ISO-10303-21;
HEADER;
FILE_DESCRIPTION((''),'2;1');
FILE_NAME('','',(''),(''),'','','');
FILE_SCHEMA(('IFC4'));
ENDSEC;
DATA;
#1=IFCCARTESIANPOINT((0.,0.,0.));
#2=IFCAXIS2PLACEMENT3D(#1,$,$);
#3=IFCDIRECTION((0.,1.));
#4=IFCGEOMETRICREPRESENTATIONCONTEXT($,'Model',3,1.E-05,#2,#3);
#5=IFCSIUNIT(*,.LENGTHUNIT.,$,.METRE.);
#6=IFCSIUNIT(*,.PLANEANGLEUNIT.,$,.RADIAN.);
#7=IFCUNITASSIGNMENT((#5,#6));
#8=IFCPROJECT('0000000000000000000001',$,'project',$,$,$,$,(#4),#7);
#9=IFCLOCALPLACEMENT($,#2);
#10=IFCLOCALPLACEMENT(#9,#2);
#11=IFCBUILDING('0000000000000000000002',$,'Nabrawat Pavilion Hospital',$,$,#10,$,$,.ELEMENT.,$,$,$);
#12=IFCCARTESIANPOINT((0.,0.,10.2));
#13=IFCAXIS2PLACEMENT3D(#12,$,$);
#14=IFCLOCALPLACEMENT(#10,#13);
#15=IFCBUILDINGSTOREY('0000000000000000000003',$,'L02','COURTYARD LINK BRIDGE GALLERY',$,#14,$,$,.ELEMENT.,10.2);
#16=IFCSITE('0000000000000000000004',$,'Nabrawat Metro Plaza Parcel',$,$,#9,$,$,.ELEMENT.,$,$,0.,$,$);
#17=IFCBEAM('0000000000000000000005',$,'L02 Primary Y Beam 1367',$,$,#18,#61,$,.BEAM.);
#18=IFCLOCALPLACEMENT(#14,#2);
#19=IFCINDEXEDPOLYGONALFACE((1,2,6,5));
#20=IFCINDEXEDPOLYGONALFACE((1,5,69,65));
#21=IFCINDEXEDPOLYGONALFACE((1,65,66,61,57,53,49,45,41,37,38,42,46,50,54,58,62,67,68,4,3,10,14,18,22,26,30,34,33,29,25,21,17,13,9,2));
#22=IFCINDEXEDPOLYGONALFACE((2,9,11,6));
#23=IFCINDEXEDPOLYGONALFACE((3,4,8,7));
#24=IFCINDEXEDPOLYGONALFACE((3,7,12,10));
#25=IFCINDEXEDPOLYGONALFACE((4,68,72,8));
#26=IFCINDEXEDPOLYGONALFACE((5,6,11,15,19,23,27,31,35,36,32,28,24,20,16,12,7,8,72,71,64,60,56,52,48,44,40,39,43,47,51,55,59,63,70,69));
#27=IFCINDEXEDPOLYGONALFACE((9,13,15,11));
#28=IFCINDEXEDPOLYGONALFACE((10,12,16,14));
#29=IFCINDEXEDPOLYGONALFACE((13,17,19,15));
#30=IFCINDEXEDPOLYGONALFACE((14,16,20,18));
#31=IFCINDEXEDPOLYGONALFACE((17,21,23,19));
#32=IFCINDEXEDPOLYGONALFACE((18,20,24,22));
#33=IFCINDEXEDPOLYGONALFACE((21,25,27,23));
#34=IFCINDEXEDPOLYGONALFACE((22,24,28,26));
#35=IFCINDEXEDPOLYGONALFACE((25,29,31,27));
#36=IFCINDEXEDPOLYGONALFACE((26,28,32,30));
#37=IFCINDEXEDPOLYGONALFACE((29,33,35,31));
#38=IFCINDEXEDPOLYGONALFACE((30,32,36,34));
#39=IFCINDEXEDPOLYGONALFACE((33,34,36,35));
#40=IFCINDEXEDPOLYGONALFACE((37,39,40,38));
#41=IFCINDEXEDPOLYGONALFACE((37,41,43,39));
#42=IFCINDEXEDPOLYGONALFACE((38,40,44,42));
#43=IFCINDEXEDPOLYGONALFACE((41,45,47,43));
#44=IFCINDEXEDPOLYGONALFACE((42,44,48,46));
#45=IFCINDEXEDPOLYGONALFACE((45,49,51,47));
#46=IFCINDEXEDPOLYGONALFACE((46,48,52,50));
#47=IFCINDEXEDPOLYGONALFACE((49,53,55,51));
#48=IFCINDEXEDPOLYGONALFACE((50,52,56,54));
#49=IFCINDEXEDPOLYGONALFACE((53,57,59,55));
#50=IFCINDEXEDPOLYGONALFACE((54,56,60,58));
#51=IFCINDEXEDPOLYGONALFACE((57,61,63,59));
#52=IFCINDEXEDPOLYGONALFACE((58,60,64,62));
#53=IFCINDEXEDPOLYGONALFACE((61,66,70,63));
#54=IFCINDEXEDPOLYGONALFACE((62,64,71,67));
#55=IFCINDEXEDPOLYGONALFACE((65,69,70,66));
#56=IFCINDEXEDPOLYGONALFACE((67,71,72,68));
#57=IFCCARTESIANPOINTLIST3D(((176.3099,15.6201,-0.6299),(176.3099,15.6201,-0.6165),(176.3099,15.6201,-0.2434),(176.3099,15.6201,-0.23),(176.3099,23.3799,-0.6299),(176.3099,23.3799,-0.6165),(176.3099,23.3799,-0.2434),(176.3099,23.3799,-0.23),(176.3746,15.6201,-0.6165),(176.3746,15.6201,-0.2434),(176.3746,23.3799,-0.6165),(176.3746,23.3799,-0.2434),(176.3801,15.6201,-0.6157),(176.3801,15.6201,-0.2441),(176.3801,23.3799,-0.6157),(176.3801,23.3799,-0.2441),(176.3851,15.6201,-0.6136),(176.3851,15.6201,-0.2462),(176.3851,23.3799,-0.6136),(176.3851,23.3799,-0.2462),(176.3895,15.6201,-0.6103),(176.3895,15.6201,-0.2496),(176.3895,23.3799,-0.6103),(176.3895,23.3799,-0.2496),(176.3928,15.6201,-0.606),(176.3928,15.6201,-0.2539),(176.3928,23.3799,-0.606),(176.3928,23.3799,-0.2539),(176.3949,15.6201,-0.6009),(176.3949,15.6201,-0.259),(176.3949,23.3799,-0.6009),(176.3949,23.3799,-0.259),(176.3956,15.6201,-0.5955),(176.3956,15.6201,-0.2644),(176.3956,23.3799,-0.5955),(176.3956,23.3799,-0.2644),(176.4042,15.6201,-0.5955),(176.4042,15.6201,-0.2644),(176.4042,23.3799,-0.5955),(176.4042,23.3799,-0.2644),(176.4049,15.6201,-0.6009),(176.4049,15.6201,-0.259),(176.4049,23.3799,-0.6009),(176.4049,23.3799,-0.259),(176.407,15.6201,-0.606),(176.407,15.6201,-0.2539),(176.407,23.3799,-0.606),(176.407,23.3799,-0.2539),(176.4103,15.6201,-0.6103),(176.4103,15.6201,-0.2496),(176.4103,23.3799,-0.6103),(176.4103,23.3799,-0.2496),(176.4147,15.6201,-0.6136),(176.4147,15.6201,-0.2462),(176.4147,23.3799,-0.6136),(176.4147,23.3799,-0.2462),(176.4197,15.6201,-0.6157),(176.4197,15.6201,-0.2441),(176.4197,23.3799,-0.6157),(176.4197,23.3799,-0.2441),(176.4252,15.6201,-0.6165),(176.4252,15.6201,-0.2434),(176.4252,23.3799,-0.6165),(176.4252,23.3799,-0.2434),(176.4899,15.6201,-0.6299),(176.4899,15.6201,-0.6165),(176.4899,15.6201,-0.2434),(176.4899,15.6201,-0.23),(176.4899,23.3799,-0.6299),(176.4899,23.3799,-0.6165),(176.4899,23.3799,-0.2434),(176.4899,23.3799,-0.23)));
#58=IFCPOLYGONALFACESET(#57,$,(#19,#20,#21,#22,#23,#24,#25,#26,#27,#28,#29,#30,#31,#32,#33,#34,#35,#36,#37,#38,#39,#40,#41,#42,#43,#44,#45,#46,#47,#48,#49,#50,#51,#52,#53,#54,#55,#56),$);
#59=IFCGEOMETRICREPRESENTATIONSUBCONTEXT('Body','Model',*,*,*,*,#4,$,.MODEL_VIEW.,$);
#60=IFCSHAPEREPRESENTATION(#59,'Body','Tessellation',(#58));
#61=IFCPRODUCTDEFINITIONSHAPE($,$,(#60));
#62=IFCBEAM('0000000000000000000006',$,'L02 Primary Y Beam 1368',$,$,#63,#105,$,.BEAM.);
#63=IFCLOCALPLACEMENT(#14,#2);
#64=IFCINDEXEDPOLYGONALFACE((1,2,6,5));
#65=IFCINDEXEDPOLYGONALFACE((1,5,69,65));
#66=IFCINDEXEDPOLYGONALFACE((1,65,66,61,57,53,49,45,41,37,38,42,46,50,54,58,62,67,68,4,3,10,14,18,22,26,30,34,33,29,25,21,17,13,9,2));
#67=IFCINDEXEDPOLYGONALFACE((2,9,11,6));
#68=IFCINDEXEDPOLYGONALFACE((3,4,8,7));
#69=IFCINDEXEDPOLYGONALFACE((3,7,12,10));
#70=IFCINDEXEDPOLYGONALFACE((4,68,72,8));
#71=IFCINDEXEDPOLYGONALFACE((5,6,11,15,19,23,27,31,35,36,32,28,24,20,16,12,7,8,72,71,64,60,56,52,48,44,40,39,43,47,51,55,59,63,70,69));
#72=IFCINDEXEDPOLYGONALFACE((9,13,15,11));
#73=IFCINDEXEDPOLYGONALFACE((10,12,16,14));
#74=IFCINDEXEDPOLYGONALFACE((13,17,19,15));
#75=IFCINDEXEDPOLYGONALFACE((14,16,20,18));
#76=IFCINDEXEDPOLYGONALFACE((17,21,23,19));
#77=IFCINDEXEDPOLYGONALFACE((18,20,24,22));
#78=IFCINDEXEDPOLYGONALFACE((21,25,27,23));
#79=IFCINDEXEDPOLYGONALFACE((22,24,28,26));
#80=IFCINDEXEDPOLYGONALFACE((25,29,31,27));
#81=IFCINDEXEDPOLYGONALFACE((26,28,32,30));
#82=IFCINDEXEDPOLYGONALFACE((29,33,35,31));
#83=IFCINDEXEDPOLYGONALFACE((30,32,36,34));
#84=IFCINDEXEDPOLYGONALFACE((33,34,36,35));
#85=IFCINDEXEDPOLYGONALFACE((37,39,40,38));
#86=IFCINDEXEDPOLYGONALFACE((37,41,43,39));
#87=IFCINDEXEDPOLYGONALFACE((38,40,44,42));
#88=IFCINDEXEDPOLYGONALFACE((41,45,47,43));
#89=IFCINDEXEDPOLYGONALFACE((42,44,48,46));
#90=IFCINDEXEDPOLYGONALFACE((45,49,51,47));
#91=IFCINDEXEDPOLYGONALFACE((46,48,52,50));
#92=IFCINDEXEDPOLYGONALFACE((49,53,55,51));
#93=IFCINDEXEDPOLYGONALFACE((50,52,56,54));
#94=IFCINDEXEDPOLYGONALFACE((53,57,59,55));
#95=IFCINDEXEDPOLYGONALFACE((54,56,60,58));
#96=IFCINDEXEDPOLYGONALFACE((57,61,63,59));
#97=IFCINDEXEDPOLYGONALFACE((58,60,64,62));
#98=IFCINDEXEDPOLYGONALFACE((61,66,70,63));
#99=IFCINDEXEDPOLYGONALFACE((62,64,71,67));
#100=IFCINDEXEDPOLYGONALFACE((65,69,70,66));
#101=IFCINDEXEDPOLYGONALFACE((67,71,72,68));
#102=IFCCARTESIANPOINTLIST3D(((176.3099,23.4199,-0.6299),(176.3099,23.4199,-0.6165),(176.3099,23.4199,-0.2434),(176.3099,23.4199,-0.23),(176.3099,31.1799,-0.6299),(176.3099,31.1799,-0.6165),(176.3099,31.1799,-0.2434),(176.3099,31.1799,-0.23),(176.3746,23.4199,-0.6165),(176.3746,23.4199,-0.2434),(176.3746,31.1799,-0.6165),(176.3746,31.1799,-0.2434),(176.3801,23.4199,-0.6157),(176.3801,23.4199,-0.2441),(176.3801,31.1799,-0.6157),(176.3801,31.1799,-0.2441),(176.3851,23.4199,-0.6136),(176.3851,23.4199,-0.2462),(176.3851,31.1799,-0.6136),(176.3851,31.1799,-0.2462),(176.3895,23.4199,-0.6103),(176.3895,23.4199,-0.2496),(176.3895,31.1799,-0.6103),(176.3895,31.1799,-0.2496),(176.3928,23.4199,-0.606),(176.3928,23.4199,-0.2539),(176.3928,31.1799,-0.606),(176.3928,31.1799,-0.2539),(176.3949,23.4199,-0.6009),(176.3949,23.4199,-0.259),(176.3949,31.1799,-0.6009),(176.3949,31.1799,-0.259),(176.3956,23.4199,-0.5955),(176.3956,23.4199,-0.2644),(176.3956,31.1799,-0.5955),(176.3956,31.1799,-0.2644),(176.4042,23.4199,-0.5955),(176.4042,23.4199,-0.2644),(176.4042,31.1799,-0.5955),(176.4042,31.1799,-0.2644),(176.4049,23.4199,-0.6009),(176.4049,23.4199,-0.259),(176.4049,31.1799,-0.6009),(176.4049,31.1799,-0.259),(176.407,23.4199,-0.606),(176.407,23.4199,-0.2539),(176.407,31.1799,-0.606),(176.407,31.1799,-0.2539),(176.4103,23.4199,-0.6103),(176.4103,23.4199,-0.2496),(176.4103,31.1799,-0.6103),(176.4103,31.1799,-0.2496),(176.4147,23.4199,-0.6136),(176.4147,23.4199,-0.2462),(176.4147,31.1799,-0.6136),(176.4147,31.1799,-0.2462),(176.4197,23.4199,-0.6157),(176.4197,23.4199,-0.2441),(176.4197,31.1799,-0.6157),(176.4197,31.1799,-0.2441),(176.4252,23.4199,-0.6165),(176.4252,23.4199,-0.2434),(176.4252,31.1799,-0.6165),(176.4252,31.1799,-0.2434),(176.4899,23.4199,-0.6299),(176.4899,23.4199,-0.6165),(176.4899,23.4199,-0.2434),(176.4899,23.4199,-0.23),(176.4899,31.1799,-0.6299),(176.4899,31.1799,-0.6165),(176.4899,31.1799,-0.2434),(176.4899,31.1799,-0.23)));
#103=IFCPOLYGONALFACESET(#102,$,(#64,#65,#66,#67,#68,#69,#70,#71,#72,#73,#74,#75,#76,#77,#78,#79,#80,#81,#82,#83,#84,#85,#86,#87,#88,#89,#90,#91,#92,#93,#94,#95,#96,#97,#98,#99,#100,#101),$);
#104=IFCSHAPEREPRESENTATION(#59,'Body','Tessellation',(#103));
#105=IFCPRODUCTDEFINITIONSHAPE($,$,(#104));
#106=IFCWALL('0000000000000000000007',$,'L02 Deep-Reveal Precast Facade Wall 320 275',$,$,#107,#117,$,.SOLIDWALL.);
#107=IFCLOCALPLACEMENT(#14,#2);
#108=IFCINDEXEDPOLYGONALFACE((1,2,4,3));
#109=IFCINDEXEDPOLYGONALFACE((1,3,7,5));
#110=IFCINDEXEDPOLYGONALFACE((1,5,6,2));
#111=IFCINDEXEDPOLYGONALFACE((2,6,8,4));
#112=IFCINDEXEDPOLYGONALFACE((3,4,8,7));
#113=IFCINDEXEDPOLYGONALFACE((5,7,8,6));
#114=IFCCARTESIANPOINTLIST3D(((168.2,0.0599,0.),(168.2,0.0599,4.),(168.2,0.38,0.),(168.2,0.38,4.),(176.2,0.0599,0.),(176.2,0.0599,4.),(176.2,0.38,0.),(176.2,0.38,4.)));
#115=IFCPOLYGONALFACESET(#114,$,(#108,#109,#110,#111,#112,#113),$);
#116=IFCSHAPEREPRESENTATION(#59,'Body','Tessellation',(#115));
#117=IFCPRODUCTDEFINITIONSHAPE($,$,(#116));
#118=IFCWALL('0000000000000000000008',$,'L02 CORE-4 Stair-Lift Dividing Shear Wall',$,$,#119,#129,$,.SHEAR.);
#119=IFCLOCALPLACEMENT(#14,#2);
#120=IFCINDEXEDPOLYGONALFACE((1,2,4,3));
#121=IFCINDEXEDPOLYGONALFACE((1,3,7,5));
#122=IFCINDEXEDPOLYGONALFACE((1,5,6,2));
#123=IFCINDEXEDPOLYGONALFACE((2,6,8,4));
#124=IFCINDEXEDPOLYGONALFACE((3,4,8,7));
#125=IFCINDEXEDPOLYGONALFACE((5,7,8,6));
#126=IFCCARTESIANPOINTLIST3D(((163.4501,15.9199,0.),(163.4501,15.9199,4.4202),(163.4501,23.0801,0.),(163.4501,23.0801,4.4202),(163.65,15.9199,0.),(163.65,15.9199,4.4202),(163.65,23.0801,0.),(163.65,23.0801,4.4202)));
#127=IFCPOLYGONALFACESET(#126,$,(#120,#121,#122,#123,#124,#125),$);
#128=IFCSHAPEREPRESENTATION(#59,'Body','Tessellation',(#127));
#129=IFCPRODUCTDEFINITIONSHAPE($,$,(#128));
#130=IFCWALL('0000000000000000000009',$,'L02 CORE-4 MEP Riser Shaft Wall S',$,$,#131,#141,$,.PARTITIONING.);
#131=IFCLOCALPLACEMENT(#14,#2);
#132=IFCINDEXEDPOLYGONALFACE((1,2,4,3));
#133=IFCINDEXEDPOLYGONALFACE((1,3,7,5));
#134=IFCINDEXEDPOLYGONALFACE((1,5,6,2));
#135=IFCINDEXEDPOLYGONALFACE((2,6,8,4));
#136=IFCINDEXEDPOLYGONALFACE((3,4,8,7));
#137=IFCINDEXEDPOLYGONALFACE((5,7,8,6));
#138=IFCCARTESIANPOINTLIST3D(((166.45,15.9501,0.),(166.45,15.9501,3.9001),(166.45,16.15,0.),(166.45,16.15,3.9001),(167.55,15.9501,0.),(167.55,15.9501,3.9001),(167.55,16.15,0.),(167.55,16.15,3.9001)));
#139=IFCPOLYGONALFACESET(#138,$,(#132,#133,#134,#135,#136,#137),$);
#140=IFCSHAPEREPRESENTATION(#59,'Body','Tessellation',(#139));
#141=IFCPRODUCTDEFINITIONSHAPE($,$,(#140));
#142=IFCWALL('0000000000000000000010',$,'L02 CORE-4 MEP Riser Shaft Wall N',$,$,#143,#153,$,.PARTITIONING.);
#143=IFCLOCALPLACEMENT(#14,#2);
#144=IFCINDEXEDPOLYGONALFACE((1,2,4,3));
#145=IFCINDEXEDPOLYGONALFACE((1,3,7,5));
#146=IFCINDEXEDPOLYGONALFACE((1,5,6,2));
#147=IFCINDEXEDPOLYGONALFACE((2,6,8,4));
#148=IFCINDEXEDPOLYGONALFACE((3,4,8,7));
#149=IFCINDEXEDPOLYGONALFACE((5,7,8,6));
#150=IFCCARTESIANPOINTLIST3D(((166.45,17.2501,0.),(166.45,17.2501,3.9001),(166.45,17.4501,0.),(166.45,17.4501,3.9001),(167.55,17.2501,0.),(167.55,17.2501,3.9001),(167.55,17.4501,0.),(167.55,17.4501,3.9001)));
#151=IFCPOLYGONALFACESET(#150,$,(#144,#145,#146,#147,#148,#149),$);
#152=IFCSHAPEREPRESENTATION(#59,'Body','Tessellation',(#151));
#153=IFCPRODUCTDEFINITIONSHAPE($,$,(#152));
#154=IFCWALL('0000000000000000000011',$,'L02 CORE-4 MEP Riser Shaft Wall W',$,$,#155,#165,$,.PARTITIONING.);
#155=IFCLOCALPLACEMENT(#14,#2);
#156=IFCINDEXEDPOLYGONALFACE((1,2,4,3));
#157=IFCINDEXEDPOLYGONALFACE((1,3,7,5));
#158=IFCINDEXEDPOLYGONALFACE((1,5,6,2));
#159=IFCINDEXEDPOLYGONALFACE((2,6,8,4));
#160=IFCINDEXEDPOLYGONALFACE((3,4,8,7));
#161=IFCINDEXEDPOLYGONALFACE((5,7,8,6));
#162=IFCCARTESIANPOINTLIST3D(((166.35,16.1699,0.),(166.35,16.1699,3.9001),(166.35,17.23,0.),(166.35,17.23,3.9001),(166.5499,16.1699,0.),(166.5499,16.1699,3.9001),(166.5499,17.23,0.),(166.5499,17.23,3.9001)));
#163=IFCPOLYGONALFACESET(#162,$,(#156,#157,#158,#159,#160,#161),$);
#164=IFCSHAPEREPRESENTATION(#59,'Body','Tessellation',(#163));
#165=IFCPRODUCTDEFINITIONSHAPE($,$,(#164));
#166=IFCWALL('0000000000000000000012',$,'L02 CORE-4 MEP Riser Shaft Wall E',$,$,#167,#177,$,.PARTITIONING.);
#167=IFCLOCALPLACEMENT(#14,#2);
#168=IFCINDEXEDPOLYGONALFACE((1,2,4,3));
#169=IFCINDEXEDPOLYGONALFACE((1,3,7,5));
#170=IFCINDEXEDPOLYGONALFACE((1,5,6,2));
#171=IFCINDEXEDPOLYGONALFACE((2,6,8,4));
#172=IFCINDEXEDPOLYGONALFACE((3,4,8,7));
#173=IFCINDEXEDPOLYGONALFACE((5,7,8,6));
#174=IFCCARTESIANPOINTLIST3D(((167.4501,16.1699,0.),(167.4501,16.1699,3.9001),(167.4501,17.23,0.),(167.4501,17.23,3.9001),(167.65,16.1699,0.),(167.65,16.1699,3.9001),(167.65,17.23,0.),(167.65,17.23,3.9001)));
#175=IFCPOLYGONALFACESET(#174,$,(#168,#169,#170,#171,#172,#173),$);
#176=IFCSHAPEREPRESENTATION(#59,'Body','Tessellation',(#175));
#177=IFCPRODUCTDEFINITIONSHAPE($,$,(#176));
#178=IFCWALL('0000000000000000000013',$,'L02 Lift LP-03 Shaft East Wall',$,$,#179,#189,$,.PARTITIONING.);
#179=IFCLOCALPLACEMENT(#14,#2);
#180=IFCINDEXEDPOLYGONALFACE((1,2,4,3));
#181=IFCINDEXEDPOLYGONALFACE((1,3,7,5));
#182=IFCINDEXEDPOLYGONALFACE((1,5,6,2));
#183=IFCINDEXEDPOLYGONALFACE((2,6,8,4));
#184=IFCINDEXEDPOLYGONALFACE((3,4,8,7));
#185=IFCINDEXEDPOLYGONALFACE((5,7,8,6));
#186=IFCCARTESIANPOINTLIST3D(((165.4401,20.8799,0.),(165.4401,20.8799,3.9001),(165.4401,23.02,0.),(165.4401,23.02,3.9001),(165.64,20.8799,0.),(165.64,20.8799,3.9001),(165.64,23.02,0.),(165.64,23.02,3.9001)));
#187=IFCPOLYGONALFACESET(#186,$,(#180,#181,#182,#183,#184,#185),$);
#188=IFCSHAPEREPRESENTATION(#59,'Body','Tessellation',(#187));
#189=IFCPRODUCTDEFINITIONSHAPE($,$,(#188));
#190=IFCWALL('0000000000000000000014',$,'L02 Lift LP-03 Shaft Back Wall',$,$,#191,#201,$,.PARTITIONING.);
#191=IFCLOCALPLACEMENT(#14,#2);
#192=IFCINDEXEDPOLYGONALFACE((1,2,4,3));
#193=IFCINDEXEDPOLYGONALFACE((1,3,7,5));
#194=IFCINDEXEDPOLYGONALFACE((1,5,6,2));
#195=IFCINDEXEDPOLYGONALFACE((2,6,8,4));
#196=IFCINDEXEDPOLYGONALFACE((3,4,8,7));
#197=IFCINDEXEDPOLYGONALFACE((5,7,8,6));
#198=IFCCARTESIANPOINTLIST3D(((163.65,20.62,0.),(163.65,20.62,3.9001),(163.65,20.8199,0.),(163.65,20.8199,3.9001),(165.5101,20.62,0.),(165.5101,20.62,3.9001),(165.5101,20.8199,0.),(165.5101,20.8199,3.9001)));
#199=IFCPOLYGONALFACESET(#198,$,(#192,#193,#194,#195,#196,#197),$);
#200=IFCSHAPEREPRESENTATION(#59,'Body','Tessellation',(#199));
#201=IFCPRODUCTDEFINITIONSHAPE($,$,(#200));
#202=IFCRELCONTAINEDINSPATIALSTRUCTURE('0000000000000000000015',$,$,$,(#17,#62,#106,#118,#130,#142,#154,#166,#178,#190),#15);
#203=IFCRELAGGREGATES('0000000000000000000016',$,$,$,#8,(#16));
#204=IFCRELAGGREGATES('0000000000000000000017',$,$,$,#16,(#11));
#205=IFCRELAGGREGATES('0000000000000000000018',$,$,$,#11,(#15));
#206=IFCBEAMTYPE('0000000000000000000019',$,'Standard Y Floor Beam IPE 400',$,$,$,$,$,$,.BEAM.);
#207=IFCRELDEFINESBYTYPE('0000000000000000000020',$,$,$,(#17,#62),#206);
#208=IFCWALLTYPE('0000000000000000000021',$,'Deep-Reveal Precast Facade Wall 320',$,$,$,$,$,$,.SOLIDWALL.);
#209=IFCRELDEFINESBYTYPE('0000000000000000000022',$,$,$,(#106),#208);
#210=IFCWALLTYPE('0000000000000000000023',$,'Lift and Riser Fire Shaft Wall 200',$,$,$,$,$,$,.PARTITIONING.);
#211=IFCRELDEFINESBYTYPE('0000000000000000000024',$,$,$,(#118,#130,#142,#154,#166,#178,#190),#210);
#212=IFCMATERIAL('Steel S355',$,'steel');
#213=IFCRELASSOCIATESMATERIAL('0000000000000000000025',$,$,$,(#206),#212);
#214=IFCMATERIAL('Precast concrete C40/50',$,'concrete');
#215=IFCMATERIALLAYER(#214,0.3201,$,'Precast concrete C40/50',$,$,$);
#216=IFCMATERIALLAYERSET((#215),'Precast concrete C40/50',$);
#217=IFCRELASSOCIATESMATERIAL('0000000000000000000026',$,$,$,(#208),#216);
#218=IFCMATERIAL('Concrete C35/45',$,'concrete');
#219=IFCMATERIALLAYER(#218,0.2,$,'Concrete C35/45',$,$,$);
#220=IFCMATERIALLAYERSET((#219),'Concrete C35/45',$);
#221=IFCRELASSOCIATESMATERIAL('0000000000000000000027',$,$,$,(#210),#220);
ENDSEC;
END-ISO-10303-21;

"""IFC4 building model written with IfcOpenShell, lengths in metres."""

from ifc_helpers import new_model, si_unit, direction, frame, frame_2d, origin, origin_2d, place, context, subcontext, project, spatial, rectangle, i_section, extrude, material, layer, layer_set, material_profile, profile_set, type_object, element, save


model = new_model("IFC4")

# Units and contexts
model_context = context("Model", 3, precision=1e-05, world=origin(), true_north=direction((0.0, 1.0)))
body_context = subcontext(model_context, "Body", "Model", "MODEL_VIEW")
ifc_project = project(units=[si_unit("LENGTHUNIT", "METRE"), si_unit("PLANEANGLEUNIT", "RADIAN")], contexts=[model_context])

# Site, building, storey
site_placement = place(None, origin())
site = spatial("IfcSite", under=ifc_project, at=site_placement, Name="Nabrawat Metro Plaza Parcel", CompositionType="ELEMENT", RefElevation=0.0)
building_placement = place(site_placement, origin())
building = spatial("IfcBuilding", under=site, at=building_placement, Name="Nabrawat Pavilion Hospital", CompositionType="ELEMENT")
storey_placement = place(building_placement, frame((0.0, 0.0, 10.2)))
storey = spatial("IfcBuildingStorey", under=building, at=storey_placement, Name="L02", Description="COURTYARD LINK BRIDGE GALLERY", CompositionType="ELEMENT", Elevation=10.2)

# Shared definitions
ifc_material_1 = material(Name="Steel S355", Category="steel")

# Beams
ifc_material_profile_1 = material_profile(ifc_material_1, i_section(OverallWidth=0.1799, OverallDepth=0.3999, WebThickness=0.0085, FlangeThickness=0.0134, FilletRadius=0.021, at=origin_2d()), Name="IPE 400")
ifc_profile_set_1 = profile_set([ifc_material_profile_1], Name="Steel S355")
beam_type_1 = type_object("IfcBeamType", Name="Standard Y Floor Beam IPE 400", PredefinedType="BEAM", material=ifc_profile_set_1)
beam_1_placement = place(storey_placement, frame((176.3999, 15.6201, -0.4299), z_axis=(0.0, 1.0, 0.0), x_axis=(-1.0, 0.0, 0.0)))
element("IfcBeam", 1, at=beam_1_placement, inside=storey, type_object=beam_type_1, Name="L02 Primary Y Beam 1367", PredefinedType="BEAM", context=body_context, shape_type="SweptSolid", body=[
    extrude(i_section(OverallWidth=0.1799, OverallDepth=0.3999, WebThickness=0.0085, FlangeThickness=0.0134, FilletRadius=0.021, at=origin_2d()), origin(), (0.0, 0.0, 1.0), 7.7598),
])
beam_2_placement = place(storey_placement, frame((176.3999, 23.4199, -0.4299), z_axis=(0.0, 1.0, 0.0), x_axis=(-1.0, 0.0, 0.0)))
element("IfcBeam", 2, at=beam_2_placement, inside=storey, type_object=beam_type_1, Name="L02 Primary Y Beam 1368", PredefinedType="BEAM", context=body_context, shape_type="SweptSolid", body=[
    extrude(i_section(OverallWidth=0.1799, OverallDepth=0.3999, WebThickness=0.0085, FlangeThickness=0.0134, FilletRadius=0.021, at=origin_2d()), origin(), (0.0, 0.0, 1.0), 7.76),
])

# Walls
ifc_material_2 = material(Name="Precast concrete C40/50", Category="concrete")
ifc_layer_1 = layer(ifc_material_2, 0.3201, Name="Precast concrete C40/50")
ifc_layer_set_1 = layer_set([ifc_layer_1], Name="Precast concrete C40/50")
wall_type_1 = type_object("IfcWallType", Name="Deep-Reveal Precast Facade Wall 320", PredefinedType="SOLIDWALL", material=ifc_layer_set_1)
wall_1_placement = place(storey_placement, frame((168.2, 0.22, 0.0), z_axis=(0.0, 0.0, 1.0), x_axis=(1.0, 0.0, 0.0)))
element("IfcWall", 3, at=wall_1_placement, inside=storey, type_object=wall_type_1, Name="L02 Deep-Reveal Precast Facade Wall 320 275", PredefinedType="SOLIDWALL", context=body_context, shape_type="SweptSolid", body=[
    extrude(rectangle(XDim=8.0, YDim=0.3201, at=frame_2d((4.0, 0.0))), origin(), (0.0, 0.0, 1.0), 4.0),
])
ifc_material_3 = material(Name="Concrete C35/45", Category="concrete")
ifc_layer_2 = layer(ifc_material_3, 0.2, Name="Concrete C35/45")
ifc_layer_set_2 = layer_set([ifc_layer_2], Name="Concrete C35/45")
wall_type_2 = type_object("IfcWallType", Name="Lift and Riser Fire Shaft Wall 200", PredefinedType="PARTITIONING", material=ifc_layer_set_2)
wall_2_placement = place(storey_placement, frame((163.55, 15.9199, 0.0), z_axis=(0.0, 0.0, 1.0), x_axis=(0.0, 1.0, 0.0)))
element("IfcWall", 4, at=wall_2_placement, inside=storey, type_object=wall_type_2, Name="L02 CORE-4 Stair-Lift Dividing Shear Wall", PredefinedType="SHEAR", context=body_context, shape_type="SweptSolid", body=[
    extrude(rectangle(XDim=7.1602, YDim=0.2, at=frame_2d((3.5801, 0.0))), origin(), (0.0, 0.0, 1.0), 4.4202),
])
for number, where, z_axis, x_axis, name in (
    (5, (166.45, 16.05, 0.0), (0.0, 0.0, 1.0), (1.0, 0.0, 0.0), "L02 CORE-4 MEP Riser Shaft Wall S"),
    (6, (166.45, 17.3501, 0.0), (0.0, 0.0, 1.0), (1.0, 0.0, 0.0), "L02 CORE-4 MEP Riser Shaft Wall N"),
):
    element("IfcWall", number, at=place(storey_placement, frame(where, z_axis=z_axis, x_axis=x_axis)), inside=storey, type_object=wall_type_2, Name=name, PredefinedType="PARTITIONING", context=body_context, shape_type="SweptSolid", body=[
        extrude(rectangle(XDim=1.1001, YDim=0.2, at=frame_2d((0.55, 0.0))), origin(), (0.0, 0.0, 1.0), 3.9001),
    ])
for number, where, z_axis, x_axis, name in (
    (7, (166.45, 16.1699, 0.0), (0.0, 0.0, 1.0), (0.0, 1.0, 0.0), "L02 CORE-4 MEP Riser Shaft Wall W"),
    (8, (167.55, 16.1699, 0.0), (0.0, 0.0, 1.0), (0.0, 1.0, 0.0), "L02 CORE-4 MEP Riser Shaft Wall E"),
):
    element("IfcWall", number, at=place(storey_placement, frame(where, z_axis=z_axis, x_axis=x_axis)), inside=storey, type_object=wall_type_2, Name=name, PredefinedType="PARTITIONING", context=body_context, shape_type="SweptSolid", body=[
        extrude(rectangle(XDim=1.0601, YDim=0.2, at=frame_2d((0.53, 0.0))), origin(), (0.0, 0.0, 1.0), 3.9001),
    ])
wall_3_placement = place(storey_placement, frame((165.54, 20.8799, 0.0), z_axis=(0.0, 0.0, 1.0), x_axis=(0.0, 1.0, 0.0)))
element("IfcWall", 9, at=wall_3_placement, inside=storey, type_object=wall_type_2, Name="L02 Lift LP-03 Shaft East Wall", PredefinedType="PARTITIONING", context=body_context, shape_type="SweptSolid", body=[
    extrude(rectangle(XDim=2.1401, YDim=0.2, at=frame_2d((1.0701, 0.0))), origin(), (0.0, 0.0, 1.0), 3.9001),
])
wall_4_placement = place(storey_placement, frame((163.6499, 20.72, 0.0), z_axis=(0.0, 0.0, 1.0), x_axis=(1.0, 0.0, 0.0)))
element("IfcWall", 10, at=wall_4_placement, inside=storey, type_object=wall_type_2, Name="L02 Lift LP-03 Shaft Back Wall", PredefinedType="PARTITIONING", context=body_context, shape_type="SweptSolid", body=[
    extrude(rectangle(XDim=1.8601, YDim=0.2, at=frame_2d((0.9302, 0.0))), origin(), (0.0, 0.0, 1.0), 3.9001),
])

save(model, "model.ifc")
